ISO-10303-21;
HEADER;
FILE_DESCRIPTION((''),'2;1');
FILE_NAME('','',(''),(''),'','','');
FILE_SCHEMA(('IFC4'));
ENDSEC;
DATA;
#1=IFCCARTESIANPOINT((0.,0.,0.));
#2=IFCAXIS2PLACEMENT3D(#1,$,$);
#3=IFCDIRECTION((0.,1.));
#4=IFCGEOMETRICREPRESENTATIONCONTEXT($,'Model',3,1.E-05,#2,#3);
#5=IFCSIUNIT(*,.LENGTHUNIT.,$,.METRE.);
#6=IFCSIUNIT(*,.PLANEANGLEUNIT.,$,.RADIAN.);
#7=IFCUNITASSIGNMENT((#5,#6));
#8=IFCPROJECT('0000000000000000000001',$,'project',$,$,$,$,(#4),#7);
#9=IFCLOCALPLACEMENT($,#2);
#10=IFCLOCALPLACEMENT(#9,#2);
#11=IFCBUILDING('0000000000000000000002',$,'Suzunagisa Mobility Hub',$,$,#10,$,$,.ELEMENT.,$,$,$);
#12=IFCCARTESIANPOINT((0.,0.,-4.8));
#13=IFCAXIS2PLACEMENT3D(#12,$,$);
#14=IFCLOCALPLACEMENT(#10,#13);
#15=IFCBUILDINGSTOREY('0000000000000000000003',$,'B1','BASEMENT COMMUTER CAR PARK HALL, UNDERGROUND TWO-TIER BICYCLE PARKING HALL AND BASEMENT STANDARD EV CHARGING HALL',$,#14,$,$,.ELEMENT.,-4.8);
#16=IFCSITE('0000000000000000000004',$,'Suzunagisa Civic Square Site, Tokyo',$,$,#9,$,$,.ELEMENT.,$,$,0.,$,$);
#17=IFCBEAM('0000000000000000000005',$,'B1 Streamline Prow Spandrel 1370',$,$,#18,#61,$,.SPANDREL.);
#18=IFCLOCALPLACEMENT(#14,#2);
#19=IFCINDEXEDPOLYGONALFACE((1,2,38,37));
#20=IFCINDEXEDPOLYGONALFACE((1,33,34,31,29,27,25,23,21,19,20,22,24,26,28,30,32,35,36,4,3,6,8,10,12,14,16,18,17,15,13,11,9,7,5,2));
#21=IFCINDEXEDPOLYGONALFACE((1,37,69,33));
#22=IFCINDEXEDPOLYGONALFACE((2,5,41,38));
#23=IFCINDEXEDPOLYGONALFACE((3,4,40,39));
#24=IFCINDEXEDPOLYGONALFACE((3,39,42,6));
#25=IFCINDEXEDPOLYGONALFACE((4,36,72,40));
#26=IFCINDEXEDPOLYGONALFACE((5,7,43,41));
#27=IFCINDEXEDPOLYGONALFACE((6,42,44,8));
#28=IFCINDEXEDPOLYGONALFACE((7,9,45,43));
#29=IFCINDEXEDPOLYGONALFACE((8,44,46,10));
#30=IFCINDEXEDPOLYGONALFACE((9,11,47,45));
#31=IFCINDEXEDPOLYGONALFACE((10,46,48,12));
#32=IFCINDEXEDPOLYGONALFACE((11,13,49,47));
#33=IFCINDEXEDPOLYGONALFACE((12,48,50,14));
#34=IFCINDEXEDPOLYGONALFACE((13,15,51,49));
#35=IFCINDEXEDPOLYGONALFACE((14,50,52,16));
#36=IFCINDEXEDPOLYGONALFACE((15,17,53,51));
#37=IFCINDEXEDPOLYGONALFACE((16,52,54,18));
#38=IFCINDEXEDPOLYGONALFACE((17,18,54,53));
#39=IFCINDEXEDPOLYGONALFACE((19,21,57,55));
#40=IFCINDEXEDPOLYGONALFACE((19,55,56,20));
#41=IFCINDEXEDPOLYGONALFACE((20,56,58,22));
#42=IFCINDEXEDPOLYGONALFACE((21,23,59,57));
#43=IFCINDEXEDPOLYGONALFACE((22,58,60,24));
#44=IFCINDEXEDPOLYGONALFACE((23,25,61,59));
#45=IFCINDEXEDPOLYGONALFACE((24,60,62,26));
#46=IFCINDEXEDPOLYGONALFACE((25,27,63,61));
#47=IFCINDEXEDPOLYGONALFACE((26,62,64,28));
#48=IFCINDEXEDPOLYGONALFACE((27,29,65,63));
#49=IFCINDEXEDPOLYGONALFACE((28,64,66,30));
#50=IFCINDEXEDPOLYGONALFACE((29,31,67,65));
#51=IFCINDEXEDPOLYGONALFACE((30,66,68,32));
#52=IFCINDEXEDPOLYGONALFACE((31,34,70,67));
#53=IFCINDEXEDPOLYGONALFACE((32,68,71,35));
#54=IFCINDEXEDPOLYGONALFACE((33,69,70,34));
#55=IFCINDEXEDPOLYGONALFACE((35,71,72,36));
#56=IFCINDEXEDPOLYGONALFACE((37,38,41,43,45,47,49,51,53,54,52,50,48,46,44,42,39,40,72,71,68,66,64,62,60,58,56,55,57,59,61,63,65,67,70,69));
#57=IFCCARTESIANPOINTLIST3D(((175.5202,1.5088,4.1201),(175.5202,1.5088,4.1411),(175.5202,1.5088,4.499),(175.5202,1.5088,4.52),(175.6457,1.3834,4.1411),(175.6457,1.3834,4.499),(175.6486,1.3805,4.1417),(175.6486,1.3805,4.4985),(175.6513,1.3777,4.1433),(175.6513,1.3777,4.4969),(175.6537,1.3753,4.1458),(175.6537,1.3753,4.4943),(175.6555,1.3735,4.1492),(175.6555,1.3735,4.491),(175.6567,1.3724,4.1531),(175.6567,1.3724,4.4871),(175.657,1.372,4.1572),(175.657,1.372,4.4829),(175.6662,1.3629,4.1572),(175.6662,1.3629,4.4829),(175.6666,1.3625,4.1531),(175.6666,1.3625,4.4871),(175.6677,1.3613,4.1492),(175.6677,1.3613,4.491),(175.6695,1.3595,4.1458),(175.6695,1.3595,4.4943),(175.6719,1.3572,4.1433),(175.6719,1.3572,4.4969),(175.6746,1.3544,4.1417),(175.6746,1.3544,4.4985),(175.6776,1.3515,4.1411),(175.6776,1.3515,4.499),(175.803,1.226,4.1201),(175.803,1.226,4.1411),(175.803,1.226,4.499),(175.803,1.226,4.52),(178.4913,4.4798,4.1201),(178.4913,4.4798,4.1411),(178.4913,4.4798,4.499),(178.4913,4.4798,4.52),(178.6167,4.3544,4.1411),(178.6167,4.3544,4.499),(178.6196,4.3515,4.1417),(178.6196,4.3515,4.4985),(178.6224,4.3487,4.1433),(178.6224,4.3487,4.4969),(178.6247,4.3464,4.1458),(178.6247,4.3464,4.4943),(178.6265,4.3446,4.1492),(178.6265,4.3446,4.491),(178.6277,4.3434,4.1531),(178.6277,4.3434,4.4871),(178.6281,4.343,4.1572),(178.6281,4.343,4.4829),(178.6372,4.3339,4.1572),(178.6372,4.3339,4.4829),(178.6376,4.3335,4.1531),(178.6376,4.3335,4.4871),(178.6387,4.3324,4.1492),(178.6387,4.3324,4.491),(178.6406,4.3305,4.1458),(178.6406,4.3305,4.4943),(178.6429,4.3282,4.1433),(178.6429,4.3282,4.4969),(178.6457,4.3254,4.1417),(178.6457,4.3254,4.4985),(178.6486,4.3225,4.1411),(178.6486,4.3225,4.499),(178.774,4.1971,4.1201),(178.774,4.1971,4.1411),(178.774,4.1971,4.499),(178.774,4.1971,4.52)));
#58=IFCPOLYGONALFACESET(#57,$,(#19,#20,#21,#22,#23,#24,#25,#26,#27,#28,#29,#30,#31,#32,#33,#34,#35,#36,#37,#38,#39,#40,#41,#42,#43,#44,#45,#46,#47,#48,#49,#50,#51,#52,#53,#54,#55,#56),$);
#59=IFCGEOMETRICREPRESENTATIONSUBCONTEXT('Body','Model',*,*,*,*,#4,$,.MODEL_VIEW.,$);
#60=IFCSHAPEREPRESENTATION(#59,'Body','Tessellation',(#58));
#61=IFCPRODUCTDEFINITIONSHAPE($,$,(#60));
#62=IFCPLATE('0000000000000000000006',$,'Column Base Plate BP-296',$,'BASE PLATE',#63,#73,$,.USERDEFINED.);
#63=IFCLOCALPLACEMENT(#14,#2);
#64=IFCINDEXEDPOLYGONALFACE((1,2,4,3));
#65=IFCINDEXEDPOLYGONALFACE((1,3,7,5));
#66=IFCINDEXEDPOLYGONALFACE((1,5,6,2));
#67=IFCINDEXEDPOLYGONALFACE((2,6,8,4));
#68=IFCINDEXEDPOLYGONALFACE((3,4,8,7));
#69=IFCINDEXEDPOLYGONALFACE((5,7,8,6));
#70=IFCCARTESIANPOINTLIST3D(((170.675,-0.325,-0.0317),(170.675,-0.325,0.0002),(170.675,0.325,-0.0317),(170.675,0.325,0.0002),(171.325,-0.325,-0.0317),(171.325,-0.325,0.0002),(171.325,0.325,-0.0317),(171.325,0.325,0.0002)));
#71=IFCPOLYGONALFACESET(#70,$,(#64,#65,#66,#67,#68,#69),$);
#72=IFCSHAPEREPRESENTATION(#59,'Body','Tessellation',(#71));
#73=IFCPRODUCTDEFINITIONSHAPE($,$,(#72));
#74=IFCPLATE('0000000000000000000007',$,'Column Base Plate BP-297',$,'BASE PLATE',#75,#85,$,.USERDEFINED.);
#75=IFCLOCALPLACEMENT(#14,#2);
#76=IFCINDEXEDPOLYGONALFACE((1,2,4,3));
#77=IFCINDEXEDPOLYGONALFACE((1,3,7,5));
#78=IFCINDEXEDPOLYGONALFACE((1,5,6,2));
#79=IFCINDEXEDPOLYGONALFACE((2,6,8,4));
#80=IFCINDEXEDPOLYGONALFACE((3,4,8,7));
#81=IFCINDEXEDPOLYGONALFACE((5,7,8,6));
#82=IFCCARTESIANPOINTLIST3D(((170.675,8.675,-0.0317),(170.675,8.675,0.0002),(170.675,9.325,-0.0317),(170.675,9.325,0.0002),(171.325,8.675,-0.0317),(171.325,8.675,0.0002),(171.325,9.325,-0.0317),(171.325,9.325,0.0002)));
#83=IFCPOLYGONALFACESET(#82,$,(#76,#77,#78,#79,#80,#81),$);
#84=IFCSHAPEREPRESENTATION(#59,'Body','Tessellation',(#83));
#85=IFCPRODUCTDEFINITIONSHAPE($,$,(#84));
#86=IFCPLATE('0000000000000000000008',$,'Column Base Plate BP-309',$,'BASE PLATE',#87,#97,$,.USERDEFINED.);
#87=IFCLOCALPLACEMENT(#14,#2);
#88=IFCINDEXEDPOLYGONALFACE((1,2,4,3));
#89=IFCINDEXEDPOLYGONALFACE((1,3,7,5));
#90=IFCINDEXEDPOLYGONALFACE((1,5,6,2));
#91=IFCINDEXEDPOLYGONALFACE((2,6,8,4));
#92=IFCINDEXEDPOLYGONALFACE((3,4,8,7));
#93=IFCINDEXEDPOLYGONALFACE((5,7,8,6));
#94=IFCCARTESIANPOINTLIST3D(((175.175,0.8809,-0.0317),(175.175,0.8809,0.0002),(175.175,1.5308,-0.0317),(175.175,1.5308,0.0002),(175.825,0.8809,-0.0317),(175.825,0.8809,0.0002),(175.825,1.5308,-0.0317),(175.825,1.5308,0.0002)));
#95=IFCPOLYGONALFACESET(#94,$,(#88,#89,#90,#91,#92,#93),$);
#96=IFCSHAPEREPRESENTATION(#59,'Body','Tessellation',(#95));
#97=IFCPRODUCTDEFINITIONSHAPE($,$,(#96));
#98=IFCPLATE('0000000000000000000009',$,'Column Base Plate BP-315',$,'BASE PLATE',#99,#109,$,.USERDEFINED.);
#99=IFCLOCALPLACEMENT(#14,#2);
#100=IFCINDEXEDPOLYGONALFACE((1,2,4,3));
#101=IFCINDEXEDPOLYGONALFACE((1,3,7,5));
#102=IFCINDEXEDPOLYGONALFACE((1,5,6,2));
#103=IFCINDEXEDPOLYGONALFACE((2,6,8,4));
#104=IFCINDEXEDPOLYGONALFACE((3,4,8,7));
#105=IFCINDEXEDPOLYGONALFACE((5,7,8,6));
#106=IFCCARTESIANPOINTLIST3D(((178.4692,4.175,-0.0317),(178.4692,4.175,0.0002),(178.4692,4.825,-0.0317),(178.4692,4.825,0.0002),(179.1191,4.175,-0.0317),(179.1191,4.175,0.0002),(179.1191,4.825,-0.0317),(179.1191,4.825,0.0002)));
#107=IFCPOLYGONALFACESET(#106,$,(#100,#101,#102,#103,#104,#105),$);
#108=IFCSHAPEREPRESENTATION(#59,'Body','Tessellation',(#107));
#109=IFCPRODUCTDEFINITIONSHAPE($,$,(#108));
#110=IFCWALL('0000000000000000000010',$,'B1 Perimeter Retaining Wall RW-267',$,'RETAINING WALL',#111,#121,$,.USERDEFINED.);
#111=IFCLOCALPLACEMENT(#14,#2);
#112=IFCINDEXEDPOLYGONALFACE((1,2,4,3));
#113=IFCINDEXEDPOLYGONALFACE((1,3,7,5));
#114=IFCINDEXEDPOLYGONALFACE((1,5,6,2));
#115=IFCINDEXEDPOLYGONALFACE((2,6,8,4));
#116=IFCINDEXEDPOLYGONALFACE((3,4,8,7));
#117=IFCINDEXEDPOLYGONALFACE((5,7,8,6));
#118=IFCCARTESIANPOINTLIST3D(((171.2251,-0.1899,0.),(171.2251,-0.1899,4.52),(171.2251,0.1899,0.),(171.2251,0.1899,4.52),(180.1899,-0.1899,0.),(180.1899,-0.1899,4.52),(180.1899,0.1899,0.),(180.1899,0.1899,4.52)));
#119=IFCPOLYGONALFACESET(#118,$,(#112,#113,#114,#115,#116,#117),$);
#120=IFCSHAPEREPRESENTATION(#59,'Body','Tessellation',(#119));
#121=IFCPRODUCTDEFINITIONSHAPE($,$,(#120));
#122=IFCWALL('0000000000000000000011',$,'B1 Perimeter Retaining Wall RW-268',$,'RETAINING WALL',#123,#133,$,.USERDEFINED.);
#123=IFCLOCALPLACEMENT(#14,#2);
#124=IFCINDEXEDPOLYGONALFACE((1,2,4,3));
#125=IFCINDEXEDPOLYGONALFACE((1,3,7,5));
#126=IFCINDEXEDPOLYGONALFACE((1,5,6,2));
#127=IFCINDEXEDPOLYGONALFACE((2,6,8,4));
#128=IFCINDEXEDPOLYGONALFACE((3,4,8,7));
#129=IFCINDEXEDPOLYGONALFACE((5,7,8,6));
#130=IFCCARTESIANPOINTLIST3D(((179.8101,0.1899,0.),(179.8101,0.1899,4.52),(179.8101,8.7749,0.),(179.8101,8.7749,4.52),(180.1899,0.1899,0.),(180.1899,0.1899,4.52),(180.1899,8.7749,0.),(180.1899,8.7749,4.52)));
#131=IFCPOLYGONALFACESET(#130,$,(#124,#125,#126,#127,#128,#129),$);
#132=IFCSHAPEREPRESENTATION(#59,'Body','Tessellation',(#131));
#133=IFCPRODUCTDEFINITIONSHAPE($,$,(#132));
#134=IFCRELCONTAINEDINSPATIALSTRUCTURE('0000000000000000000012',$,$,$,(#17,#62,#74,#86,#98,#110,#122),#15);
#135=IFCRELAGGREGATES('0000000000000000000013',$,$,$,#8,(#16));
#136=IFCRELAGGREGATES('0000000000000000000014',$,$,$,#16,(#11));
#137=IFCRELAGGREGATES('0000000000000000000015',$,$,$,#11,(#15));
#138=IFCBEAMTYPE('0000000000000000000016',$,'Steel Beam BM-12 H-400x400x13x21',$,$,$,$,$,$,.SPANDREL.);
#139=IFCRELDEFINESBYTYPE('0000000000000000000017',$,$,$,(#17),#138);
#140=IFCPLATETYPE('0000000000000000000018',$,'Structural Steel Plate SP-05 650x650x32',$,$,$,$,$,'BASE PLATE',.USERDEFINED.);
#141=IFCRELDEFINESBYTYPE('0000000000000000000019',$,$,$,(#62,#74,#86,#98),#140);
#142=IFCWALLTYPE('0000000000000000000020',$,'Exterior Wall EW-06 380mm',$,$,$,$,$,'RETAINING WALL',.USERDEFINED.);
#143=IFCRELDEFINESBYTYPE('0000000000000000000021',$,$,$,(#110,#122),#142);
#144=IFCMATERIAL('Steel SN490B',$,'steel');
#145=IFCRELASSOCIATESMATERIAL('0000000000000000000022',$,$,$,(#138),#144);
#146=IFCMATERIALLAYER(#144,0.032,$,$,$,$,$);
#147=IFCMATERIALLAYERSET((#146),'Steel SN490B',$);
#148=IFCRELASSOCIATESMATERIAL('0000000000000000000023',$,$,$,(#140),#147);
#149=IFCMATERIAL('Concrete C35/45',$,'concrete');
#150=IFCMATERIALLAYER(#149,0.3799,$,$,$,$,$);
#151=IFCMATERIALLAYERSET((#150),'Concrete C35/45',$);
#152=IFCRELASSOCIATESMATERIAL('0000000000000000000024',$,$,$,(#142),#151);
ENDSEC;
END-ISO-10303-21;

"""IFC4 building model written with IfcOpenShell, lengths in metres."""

from ifc_helpers import new_model, si_unit, direction, frame, frame_2d, origin, origin_2d, place, context, subcontext, project, spatial, rectangle, i_section, extrude, material, layer, layer_set, material_profile, profile_set, type_object, element, save


model = new_model("IFC4")

# Units and contexts
model_context = context("Model", 3, precision=1e-05, world=origin(), true_north=direction((0.0, 1.0)))
body_context = subcontext(model_context, "Body", "Model", "MODEL_VIEW")
ifc_project = project(units=[si_unit("LENGTHUNIT", "METRE"), si_unit("PLANEANGLEUNIT", "RADIAN")], contexts=[model_context])

# Site, building, storey
site_placement = place(None, origin())
site = spatial("IfcSite", under=ifc_project, at=site_placement, Name="Suzunagisa Civic Square Site, Tokyo", CompositionType="ELEMENT", RefElevation=0.0)
building_placement = place(site_placement, origin())
building = spatial("IfcBuilding", under=site, at=building_placement, Name="Suzunagisa Mobility Hub", CompositionType="ELEMENT")
storey_placement = place(building_placement, frame((0.0, 0.0, -4.8)))
storey = spatial("IfcBuildingStorey", under=building, at=storey_placement, Name="B1", Description="BASEMENT COMMUTER CAR PARK HALL, UNDERGROUND TWO-TIER BICYCLE PARKING HALL AND BASEMENT STANDARD EV CHARGING HALL", CompositionType="ELEMENT", Elevation=-4.8)

# Shared definitions
ifc_material_1 = material(Name="Steel SN490B", Category="steel")

# Beam
ifc_material_profile_1 = material_profile(ifc_material_1, i_section(OverallWidth=0.3999, OverallDepth=0.3999, WebThickness=0.0129, FlangeThickness=0.021, FilletRadius=0.0161, at=origin_2d()), Name="H-400x400x13x21")
ifc_profile_set_1 = profile_set([ifc_material_profile_1], Name="Steel SN490B")
beam_type_1 = type_object("IfcBeamType", Name="Steel Beam BM-12 H-400x400x13x21", PredefinedType="SPANDREL", material=ifc_profile_set_1)
beam_1_placement = place(storey_placement, frame((175.6616, 1.3674, 4.3201), z_axis=(0.707107, 0.707107, 0.0), x_axis=(-0.707107, 0.707107, 0.0)))
element("IfcBeam", 1, at=beam_1_placement, inside=storey, type_object=beam_type_1, Name="B1 Streamline Prow Spandrel 1370", PredefinedType="SPANDREL", context=body_context, shape_type="SweptSolid", body=[
    extrude(i_section(OverallWidth=0.3999, OverallDepth=0.3999, WebThickness=0.0129, FlangeThickness=0.021, FilletRadius=0.0161, at=origin_2d()), origin(), (0.0, 0.0, 1.0), 4.2017),
])

# Plates
ifc_layer_1 = layer(ifc_material_1, 0.032)
ifc_layer_set_1 = layer_set([ifc_layer_1], Name="Steel SN490B")
plate_type = type_object("IfcPlateType", Name="Structural Steel Plate SP-05 650x650x32", ElementType="BASE PLATE", PredefinedType="USERDEFINED", material=ifc_layer_set_1)
for number, where, z_axis, x_axis, name in (
    (2, (171.0, 0.0, -0.0317), (0.0, 0.0, 1.0), (1.0, 0.0, 0.0), "Column Base Plate BP-296"),
    (3, (171.0, 9.0, -0.0317), (0.0, 0.0, 1.0), (1.0, 0.0, 0.0), "Column Base Plate BP-297"),
    (4, (175.5, 1.2058, -0.0317), (0.0, 0.0, 1.0), (1.0, 0.0, 0.0), "Column Base Plate BP-309"),
    (5, (178.7942, 4.5, -0.0317), (0.0, 0.0, 1.0), (1.0, 0.0, 0.0), "Column Base Plate BP-315"),
):
    element("IfcPlate", number, at=place(storey_placement, frame(where, z_axis=z_axis, x_axis=x_axis)), inside=storey, type_object=plate_type, Name=name, ObjectType="BASE PLATE", PredefinedType="USERDEFINED", context=body_context, shape_type="SweptSolid", body=[
        extrude(rectangle(XDim=0.6499, YDim=0.6499, at=origin_2d()), origin(), (0.0, 0.0, 1.0), 0.032),
    ])

# Walls
ifc_material_2 = material(Name="Concrete C35/45", Category="concrete")
ifc_layer_2 = layer(ifc_material_2, 0.3799)
ifc_layer_set_2 = layer_set([ifc_layer_2], Name="Concrete C35/45")
wall_type = type_object("IfcWallType", Name="Exterior Wall EW-06 380mm", ElementType="RETAINING WALL", PredefinedType="USERDEFINED", material=ifc_layer_set_2)
wall_1_placement = place(storey_placement, frame((171.2251, 0.0, 0.0), z_axis=(0.0, 0.0, 1.0), x_axis=(1.0, 0.0, 0.0)))
element("IfcWall", 6, at=wall_1_placement, inside=storey, type_object=wall_type, Name="B1 Perimeter Retaining Wall RW-267", ObjectType="RETAINING WALL", PredefinedType="USERDEFINED", context=body_context, shape_type="SweptSolid", body=[
    extrude(rectangle(XDim=8.9648, YDim=0.3799, at=frame_2d((4.4824, 0.0))), origin(), (0.0, 0.0, 1.0), 4.52),
])
wall_2_placement = place(storey_placement, frame((180.0, 0.1899, 0.0), z_axis=(0.0, 0.0, 1.0), x_axis=(0.0, 1.0, 0.0)))
element("IfcWall", 7, at=wall_2_placement, inside=storey, type_object=wall_type, Name="B1 Perimeter Retaining Wall RW-268", ObjectType="RETAINING WALL", PredefinedType="USERDEFINED", context=body_context, shape_type="SweptSolid", body=[
    extrude(rectangle(XDim=8.585, YDim=0.3799, at=frame_2d((4.2925, 0.0))), origin(), (0.0, 0.0, 1.0), 4.52),
])

save(model, "model.ifc")
